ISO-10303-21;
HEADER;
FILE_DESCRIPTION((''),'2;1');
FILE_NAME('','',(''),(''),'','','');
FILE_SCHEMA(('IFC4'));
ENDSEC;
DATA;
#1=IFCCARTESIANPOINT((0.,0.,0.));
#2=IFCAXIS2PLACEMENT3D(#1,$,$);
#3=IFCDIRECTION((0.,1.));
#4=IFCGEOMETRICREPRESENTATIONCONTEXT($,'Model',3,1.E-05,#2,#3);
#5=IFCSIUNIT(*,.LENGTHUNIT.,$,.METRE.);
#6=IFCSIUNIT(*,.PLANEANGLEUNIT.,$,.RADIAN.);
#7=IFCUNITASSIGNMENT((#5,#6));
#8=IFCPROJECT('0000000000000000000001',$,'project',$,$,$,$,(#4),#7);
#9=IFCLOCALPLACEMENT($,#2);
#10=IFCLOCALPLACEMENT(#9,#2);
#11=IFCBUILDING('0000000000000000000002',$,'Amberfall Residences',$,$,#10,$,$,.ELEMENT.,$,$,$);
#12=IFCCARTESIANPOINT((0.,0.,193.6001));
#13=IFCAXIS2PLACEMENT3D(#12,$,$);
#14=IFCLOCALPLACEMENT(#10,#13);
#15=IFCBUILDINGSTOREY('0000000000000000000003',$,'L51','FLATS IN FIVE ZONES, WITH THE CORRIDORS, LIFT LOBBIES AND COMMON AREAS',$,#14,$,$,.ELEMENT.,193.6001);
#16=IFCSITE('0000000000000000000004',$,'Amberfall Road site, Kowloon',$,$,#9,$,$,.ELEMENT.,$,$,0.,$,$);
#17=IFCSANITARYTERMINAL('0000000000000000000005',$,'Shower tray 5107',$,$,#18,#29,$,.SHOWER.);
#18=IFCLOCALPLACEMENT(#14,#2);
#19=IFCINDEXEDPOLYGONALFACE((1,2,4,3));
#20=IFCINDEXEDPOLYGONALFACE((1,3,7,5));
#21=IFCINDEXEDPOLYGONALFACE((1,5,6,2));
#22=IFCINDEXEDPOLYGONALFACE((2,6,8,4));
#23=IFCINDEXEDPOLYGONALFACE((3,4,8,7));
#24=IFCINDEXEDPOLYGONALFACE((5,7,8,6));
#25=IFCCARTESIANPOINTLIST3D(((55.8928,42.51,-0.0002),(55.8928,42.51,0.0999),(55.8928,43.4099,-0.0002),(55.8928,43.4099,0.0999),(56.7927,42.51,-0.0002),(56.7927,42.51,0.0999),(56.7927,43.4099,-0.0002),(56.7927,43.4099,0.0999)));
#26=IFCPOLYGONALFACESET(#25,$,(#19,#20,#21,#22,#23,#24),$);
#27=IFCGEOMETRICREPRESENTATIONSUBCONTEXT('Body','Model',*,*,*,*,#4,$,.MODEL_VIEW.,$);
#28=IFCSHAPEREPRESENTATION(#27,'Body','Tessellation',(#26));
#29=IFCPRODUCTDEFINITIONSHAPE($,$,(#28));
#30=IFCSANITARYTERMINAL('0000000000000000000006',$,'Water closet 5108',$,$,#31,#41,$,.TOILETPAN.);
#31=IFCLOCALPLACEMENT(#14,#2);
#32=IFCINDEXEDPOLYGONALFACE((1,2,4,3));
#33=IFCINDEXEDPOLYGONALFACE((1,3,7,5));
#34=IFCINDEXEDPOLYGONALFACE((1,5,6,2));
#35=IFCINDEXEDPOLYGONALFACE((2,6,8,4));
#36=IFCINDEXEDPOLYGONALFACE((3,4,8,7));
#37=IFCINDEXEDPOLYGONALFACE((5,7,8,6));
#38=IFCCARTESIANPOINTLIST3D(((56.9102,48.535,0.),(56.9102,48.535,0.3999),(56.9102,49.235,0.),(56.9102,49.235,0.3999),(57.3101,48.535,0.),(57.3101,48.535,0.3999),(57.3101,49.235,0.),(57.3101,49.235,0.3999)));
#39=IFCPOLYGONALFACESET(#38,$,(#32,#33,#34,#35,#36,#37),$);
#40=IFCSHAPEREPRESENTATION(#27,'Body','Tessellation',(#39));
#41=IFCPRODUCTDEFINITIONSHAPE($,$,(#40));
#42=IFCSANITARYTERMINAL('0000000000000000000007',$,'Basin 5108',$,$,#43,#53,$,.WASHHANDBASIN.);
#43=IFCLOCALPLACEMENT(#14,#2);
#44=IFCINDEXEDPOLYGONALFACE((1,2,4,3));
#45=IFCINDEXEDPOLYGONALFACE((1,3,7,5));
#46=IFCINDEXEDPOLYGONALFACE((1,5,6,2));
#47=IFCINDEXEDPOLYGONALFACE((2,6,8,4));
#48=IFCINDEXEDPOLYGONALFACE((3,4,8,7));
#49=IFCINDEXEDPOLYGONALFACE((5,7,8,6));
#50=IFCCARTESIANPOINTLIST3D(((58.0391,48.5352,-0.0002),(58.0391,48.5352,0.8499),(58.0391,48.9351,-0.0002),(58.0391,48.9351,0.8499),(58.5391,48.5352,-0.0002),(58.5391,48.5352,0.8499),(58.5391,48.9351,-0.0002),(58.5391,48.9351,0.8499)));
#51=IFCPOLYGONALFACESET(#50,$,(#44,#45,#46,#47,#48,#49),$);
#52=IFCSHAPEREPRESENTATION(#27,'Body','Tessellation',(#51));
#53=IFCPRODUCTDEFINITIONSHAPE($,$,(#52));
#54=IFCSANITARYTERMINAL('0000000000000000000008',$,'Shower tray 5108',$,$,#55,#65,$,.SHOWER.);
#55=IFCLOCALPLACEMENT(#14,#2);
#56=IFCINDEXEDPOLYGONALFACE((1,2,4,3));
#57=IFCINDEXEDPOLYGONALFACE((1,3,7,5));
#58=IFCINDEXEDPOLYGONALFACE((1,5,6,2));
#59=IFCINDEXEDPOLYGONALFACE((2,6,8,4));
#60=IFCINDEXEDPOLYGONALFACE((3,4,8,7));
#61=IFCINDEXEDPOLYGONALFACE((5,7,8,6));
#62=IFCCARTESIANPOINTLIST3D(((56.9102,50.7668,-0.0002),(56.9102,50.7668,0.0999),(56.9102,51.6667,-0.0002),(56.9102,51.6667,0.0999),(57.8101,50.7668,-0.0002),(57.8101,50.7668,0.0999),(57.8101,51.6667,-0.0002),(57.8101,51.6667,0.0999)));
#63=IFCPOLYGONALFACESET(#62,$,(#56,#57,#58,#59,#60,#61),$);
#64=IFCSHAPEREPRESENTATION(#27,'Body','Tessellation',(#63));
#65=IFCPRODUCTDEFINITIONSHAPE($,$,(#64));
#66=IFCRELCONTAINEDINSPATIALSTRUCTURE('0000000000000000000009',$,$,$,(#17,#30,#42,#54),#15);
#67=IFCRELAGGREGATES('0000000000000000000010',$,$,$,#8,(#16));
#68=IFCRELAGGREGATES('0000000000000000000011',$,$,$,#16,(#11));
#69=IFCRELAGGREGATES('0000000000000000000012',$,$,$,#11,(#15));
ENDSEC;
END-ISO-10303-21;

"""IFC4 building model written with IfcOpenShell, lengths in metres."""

from ifc_helpers import new_model, si_unit, direction, frame, origin, origin_2d, place, context, subcontext, project, spatial, rectangle, extrude, element, save


model = new_model("IFC4")

# Units and contexts
model_context = context("Model", 3, precision=1e-05, world=origin(), true_north=direction((0.0, 1.0)))
body_context = subcontext(model_context, "Body", "Model", "MODEL_VIEW")
ifc_project = project(units=[si_unit("LENGTHUNIT", "METRE"), si_unit("PLANEANGLEUNIT", "RADIAN")], contexts=[model_context])

# Site, building, storey
site_placement = place(None, origin())
site = spatial("IfcSite", under=ifc_project, at=site_placement, Name="Amberfall Road site, Kowloon", CompositionType="ELEMENT", RefElevation=0.0)
building_placement = place(site_placement, origin())
building = spatial("IfcBuilding", under=site, at=building_placement, Name="Amberfall Residences", CompositionType="ELEMENT")
storey_placement = place(building_placement, frame((0.0, 0.0, 193.6001)))
storey = spatial("IfcBuildingStorey", under=building, at=storey_placement, Name="L51", Description="FLATS IN FIVE ZONES, WITH THE CORRIDORS, LIFT LOBBIES AND COMMON AREAS", CompositionType="ELEMENT", Elevation=193.6001)

# Sanitary terminals
sanitary_terminal_1_placement = place(storey_placement, frame((56.3428, 42.96, -0.0002), z_axis=(0.0, 0.0, 1.0), x_axis=(1.0, 0.0, 0.0)))
element("IfcSanitaryTerminal", 1, at=sanitary_terminal_1_placement, inside=storey, Name="Shower tray 5107", PredefinedType="SHOWER", context=body_context, shape_type="SweptSolid", body=[
    extrude(rectangle(XDim=0.8999, YDim=0.8999, at=origin_2d()), origin(), (0.0, 0.0, 1.0), 0.1001),
])
sanitary_terminal_2_placement = place(storey_placement, frame((57.1101, 48.885, 0.0), z_axis=(0.0, 0.0, 1.0), x_axis=(1.0, 0.0, 0.0)))
element("IfcSanitaryTerminal", 2, at=sanitary_terminal_2_placement, inside=storey, Name="Water closet 5108", PredefinedType="TOILETPAN", context=body_context, shape_type="SweptSolid", body=[
    extrude(rectangle(XDim=0.3999, YDim=0.7, at=origin_2d()), origin(), (0.0, 0.0, 1.0), 0.3999),
])
sanitary_terminal_3_placement = place(storey_placement, frame((58.2891, 48.7351, -0.0002), z_axis=(0.0, 0.0, 1.0), x_axis=(1.0, 0.0, 0.0)))
element("IfcSanitaryTerminal", 3, at=sanitary_terminal_3_placement, inside=storey, Name="Basin 5108", PredefinedType="WASHHANDBASIN", context=body_context, shape_type="SweptSolid", body=[
    extrude(rectangle(XDim=0.5, YDim=0.3999, at=origin_2d()), origin(), (0.0, 0.0, 1.0), 0.8501),
])
sanitary_terminal_4_placement = place(storey_placement, frame((57.3601, 51.2168, -0.0002), z_axis=(0.0, 0.0, 1.0), x_axis=(1.0, 0.0, 0.0)))
element("IfcSanitaryTerminal", 4, at=sanitary_terminal_4_placement, inside=storey, Name="Shower tray 5108", PredefinedType="SHOWER", context=body_context, shape_type="SweptSolid", body=[
    extrude(rectangle(XDim=0.8999, YDim=0.8999, at=origin_2d()), origin(), (0.0, 0.0, 1.0), 0.1001),
])

save(model, "model.ifc")
